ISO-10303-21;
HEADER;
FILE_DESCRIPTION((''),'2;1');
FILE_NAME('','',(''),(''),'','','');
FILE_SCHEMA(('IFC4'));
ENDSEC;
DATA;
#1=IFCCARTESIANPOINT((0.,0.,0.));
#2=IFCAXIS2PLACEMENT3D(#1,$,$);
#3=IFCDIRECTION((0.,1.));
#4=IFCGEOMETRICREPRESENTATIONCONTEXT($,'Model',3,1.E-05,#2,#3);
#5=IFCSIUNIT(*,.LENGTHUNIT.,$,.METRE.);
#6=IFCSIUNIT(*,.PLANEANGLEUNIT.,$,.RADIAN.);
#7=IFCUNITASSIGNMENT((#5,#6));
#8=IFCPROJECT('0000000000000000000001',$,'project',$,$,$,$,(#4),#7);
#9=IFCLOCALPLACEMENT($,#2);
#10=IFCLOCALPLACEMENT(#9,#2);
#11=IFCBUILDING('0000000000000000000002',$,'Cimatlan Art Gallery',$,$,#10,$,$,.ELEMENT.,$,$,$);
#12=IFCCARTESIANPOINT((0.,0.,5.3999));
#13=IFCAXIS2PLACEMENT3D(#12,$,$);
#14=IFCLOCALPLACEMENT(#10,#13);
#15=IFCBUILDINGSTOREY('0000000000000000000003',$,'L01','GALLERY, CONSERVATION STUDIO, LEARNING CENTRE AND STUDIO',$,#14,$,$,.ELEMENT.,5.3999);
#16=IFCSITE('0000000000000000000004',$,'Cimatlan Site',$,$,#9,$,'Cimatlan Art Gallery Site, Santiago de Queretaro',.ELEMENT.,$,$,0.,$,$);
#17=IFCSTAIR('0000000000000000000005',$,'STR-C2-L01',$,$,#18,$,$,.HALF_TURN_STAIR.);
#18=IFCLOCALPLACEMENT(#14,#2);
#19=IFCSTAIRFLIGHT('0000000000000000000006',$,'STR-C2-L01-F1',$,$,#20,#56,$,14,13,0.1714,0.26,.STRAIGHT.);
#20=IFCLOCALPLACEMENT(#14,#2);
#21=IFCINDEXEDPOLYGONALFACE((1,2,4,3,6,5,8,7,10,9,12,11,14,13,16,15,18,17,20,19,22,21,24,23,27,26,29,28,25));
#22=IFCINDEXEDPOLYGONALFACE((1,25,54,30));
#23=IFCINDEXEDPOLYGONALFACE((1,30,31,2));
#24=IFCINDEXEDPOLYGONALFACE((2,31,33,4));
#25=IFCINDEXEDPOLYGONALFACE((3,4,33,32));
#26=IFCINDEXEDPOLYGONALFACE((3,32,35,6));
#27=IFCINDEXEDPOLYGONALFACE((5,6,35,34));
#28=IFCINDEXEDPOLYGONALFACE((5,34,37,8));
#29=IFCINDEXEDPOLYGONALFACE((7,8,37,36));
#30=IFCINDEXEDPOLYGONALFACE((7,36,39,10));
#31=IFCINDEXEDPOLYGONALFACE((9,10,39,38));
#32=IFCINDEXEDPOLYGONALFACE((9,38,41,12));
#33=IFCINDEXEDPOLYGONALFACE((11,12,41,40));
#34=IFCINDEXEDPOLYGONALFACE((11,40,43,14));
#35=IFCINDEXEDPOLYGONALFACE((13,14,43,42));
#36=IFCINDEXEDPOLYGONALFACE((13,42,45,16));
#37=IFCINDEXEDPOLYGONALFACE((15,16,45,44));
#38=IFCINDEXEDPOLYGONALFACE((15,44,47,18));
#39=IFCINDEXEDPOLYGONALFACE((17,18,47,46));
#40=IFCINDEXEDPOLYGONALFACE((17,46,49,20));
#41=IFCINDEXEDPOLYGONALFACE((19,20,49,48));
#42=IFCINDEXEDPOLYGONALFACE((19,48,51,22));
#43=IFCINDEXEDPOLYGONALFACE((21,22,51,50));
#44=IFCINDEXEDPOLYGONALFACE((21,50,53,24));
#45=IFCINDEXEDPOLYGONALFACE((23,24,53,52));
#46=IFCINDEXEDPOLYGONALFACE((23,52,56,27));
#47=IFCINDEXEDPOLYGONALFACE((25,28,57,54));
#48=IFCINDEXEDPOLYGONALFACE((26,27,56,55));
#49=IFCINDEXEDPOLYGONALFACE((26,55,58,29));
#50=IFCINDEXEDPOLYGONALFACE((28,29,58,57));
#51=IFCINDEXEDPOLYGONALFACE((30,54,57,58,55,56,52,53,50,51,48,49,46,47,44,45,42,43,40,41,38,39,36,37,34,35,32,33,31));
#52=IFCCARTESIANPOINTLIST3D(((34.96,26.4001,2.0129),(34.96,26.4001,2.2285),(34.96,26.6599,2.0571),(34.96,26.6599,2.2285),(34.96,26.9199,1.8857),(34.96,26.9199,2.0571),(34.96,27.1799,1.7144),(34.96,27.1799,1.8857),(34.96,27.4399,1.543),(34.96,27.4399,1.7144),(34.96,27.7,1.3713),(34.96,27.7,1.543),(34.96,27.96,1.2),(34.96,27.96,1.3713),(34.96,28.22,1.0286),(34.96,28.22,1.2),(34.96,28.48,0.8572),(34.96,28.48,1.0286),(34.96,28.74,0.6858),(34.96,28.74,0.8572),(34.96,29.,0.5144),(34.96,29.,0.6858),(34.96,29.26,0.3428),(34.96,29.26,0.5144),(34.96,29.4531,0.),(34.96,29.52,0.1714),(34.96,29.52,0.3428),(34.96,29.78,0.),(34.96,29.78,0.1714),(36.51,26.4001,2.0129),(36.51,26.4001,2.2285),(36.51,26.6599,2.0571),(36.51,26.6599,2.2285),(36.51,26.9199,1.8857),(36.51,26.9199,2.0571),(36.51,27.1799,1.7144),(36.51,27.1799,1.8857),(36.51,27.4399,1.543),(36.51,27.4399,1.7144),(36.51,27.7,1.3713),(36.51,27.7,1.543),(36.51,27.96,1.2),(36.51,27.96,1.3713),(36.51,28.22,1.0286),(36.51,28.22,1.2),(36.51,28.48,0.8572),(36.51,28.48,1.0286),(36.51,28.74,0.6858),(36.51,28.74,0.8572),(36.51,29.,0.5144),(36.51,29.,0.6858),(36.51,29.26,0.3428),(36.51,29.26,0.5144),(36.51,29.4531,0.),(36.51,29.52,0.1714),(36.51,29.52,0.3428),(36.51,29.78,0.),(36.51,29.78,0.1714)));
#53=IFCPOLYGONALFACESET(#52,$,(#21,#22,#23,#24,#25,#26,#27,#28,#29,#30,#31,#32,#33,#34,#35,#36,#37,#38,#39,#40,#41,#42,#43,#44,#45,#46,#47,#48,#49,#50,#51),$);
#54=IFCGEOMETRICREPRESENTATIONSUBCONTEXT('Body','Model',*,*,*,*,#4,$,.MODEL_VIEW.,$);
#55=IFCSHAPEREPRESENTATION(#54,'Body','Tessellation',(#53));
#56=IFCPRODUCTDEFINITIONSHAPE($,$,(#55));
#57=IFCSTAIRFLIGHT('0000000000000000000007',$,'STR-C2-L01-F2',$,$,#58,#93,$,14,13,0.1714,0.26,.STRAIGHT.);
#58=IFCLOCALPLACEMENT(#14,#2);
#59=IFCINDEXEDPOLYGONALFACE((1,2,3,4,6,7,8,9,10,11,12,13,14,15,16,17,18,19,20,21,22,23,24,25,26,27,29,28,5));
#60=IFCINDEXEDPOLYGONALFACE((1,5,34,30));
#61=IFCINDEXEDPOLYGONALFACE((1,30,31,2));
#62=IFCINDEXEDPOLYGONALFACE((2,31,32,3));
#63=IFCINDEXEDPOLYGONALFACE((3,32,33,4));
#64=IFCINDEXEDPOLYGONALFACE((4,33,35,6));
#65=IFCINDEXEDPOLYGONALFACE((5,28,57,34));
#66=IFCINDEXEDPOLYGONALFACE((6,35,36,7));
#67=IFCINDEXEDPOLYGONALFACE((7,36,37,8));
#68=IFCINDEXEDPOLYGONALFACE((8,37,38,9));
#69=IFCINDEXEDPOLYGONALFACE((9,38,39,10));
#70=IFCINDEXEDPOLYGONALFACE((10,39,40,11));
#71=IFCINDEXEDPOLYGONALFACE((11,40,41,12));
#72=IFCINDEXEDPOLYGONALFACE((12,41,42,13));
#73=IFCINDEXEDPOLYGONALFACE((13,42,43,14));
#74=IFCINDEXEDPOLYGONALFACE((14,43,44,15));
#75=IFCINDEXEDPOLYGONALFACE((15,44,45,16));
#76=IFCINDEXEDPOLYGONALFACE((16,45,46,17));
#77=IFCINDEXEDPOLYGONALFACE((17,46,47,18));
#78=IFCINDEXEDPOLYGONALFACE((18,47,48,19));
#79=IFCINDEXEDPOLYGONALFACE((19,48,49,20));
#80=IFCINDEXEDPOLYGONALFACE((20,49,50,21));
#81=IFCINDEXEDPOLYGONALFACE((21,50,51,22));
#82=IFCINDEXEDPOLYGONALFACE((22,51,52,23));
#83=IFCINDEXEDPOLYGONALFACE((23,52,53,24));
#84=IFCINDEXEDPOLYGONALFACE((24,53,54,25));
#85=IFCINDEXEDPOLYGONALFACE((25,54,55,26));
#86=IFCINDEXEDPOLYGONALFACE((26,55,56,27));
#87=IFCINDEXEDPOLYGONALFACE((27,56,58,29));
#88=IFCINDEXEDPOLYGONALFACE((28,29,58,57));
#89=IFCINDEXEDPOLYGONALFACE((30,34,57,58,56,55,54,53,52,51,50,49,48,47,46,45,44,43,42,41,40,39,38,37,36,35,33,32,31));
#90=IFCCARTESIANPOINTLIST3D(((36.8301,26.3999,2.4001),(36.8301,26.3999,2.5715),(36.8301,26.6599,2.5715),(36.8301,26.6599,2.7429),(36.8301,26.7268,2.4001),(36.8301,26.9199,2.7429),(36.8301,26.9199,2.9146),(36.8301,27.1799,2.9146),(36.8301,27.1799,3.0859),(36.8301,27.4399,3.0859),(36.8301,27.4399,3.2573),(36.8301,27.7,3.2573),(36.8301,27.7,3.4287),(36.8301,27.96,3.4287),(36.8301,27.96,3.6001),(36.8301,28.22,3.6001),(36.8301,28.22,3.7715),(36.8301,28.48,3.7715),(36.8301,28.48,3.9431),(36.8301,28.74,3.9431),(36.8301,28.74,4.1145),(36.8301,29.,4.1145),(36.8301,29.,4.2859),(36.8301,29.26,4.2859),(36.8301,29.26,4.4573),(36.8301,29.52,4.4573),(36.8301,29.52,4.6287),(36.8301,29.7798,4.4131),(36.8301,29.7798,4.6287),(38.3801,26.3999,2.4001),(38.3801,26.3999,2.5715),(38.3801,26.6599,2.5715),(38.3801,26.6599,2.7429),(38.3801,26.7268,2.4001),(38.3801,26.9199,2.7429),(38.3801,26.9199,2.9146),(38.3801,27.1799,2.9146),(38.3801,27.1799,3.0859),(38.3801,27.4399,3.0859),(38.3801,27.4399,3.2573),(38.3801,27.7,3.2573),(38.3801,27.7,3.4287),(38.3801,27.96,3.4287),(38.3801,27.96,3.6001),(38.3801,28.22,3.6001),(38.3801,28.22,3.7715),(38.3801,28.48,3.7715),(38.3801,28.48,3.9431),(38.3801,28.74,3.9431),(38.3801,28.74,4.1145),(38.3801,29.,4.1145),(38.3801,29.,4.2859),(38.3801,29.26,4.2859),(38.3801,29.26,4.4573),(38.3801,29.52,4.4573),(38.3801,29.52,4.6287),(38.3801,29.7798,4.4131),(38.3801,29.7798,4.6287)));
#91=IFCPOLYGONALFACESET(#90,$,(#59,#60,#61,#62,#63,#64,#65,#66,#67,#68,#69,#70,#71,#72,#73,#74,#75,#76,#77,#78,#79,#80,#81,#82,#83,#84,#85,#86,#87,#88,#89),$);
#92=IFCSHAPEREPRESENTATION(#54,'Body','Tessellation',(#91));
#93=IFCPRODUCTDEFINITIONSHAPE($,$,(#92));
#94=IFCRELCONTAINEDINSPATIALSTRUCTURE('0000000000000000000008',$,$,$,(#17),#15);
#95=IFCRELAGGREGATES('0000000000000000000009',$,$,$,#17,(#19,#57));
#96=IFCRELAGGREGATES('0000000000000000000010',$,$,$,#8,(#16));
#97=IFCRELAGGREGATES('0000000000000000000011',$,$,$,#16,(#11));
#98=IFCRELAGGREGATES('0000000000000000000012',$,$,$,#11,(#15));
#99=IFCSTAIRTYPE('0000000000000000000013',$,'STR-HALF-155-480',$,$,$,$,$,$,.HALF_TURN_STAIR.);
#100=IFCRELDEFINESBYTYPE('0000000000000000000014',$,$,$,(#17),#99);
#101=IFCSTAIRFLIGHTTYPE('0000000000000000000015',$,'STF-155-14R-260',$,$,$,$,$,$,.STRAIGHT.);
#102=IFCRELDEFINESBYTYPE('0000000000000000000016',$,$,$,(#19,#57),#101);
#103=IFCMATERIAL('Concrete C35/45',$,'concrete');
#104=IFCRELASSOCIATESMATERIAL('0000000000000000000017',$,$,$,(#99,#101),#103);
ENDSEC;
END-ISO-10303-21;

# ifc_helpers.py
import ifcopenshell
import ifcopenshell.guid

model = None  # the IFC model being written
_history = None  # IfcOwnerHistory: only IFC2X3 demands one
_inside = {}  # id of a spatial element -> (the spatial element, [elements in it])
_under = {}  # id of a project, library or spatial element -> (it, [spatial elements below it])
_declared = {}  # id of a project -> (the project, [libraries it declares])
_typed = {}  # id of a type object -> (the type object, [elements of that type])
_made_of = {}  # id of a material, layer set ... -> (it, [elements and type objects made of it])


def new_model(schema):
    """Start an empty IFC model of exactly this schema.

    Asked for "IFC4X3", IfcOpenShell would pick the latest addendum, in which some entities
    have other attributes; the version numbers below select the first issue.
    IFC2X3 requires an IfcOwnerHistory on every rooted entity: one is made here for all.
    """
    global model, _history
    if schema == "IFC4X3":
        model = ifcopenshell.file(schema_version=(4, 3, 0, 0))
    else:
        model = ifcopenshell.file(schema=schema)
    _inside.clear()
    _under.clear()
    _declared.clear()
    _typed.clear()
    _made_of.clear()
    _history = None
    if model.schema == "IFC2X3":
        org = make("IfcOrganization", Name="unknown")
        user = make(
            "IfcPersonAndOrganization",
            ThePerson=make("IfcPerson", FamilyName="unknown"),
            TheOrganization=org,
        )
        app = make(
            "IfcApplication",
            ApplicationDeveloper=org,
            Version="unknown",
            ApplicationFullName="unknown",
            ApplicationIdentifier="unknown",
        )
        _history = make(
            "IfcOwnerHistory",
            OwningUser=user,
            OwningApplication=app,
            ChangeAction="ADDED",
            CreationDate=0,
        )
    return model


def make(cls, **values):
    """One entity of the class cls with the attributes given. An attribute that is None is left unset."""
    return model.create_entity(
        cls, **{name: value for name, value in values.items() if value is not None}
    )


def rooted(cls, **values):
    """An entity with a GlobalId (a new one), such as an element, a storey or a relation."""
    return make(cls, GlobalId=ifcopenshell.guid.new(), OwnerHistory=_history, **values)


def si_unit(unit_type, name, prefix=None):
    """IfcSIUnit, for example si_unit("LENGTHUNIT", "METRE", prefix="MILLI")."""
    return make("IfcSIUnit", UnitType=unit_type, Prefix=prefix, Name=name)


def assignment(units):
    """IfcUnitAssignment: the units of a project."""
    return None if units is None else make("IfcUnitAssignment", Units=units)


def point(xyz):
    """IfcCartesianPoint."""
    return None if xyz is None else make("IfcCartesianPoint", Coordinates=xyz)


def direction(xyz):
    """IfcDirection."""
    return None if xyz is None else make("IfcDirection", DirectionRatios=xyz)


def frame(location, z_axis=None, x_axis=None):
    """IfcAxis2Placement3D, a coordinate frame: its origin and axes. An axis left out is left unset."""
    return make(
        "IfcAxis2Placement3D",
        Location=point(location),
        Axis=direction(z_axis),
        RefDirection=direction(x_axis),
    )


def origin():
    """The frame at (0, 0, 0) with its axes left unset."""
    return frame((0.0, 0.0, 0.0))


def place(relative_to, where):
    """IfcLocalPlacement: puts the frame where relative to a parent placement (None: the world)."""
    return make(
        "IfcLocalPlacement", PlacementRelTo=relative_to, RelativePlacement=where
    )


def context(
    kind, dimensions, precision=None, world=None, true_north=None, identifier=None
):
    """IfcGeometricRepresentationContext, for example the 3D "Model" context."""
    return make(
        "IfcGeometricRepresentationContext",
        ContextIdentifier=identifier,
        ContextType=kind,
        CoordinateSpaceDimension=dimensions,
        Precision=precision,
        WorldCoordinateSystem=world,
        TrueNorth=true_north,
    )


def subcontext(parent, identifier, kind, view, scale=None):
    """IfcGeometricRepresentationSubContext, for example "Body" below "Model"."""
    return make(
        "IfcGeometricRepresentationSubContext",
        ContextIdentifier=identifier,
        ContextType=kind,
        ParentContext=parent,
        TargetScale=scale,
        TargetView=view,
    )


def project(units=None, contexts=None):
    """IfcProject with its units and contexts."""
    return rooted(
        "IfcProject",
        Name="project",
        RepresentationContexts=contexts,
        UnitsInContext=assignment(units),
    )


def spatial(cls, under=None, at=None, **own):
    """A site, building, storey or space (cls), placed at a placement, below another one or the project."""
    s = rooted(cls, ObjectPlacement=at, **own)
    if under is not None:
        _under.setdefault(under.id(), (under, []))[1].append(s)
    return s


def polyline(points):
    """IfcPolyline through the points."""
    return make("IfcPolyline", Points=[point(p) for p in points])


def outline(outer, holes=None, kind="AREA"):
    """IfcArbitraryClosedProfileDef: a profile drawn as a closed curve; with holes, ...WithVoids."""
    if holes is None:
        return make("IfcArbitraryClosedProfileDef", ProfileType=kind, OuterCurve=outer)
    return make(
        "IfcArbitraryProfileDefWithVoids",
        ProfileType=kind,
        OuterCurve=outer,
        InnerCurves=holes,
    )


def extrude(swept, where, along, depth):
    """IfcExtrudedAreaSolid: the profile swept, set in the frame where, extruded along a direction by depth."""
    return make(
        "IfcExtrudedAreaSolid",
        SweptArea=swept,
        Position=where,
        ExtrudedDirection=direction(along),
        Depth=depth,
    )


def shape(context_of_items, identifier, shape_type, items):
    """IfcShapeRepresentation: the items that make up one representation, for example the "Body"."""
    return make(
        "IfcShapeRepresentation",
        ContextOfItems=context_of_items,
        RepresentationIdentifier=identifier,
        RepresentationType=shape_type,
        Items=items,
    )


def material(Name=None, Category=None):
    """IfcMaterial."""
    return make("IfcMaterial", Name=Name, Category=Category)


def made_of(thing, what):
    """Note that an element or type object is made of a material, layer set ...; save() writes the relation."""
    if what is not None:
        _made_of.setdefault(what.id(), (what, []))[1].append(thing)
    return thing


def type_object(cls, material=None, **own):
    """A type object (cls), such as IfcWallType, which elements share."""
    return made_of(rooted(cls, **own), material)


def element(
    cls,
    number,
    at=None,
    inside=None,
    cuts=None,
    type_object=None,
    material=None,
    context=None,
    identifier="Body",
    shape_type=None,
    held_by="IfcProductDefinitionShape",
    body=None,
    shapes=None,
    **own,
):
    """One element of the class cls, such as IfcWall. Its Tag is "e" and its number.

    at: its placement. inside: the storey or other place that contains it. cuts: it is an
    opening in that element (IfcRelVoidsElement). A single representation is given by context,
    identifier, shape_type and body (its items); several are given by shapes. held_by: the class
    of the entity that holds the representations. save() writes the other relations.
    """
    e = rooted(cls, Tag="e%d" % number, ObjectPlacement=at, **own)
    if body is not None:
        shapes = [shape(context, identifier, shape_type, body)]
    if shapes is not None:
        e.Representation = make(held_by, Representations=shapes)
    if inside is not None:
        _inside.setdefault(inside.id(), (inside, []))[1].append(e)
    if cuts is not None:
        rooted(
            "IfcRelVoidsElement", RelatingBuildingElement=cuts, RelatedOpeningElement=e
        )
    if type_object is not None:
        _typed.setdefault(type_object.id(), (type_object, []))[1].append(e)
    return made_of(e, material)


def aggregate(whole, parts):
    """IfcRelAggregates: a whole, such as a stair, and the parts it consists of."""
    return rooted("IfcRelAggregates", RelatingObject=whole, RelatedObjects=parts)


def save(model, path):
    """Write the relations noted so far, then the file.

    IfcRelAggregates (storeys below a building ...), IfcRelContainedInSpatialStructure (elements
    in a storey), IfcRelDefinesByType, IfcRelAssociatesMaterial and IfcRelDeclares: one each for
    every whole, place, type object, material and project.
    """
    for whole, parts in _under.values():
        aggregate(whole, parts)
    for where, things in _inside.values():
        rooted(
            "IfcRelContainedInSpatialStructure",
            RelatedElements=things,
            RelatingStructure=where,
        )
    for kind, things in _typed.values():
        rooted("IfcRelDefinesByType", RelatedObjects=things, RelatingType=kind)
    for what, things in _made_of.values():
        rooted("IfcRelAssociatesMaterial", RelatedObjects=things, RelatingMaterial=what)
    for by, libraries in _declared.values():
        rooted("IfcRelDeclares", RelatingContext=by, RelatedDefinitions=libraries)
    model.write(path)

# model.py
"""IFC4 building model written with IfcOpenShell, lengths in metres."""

from ifc_helpers import new_model, si_unit, direction, frame, origin, place, context, subcontext, project, spatial, polyline, outline, extrude, material, type_object, element, aggregate, save


model = new_model("IFC4")

# Units and contexts
model_context = context("Model", 3, precision=1e-05, world=origin(), true_north=direction((0.0, 1.0)))
body_context = subcontext(model_context, "Body", "Model", "MODEL_VIEW")
ifc_project = project(units=[si_unit("LENGTHUNIT", "METRE"), si_unit("PLANEANGLEUNIT", "RADIAN")], contexts=[model_context])

# Site, building, storey
site_placement = place(None, origin())
site = spatial("IfcSite", under=ifc_project, at=site_placement, Name="Cimatlan Site", LongName="Cimatlan Art Gallery Site, Santiago de Queretaro", CompositionType="ELEMENT", RefElevation=0.0)
building_placement = place(site_placement, origin())
building = spatial("IfcBuilding", under=site, at=building_placement, Name="Cimatlan Art Gallery", CompositionType="ELEMENT")
storey_placement = place(building_placement, frame((0.0, 0.0, 5.3999)))
storey = spatial("IfcBuildingStorey", under=building, at=storey_placement, Name="L01", Description="GALLERY, CONSERVATION STUDIO, LEARNING CENTRE AND STUDIO", CompositionType="ELEMENT", Elevation=5.3999)

# Stair, stair flights
ifc_material_1 = material(Name="Concrete C35/45", Category="concrete")
stair_type = type_object("IfcStairType", Name="STR-HALF-155-480", PredefinedType="HALF_TURN_STAIR", material=ifc_material_1)
stair_placement = place(storey_placement, origin())
stair = element("IfcStair", 1, at=stair_placement, inside=storey, type_object=stair_type, Name="STR-C2-L01", PredefinedType="HALF_TURN_STAIR")
stair_flight_type = type_object("IfcStairFlightType", Name="STF-155-14R-260", PredefinedType="STRAIGHT", material=ifc_material_1)
stair_flight_1_placement = place(storey_placement, frame((35.7351, 29.78, 0.0), z_axis=(0.0, 0.0, 1.0), x_axis=(0.0, -1.0, 0.0)))
stair_flight_1 = element("IfcStairFlight", 2, at=stair_flight_1_placement, type_object=stair_flight_type, Name="STR-C2-L01-F1", NumberOfRisers=14, NumberOfTreads=13, PredefinedType="STRAIGHT", RiserHeight=0.1714, TreadLength=0.26, context=body_context, shape_type="SweptSolid", body=[
    extrude(outline(polyline([(0.0, 0.0), (0.0, 0.1714), (0.26, 0.1714), (0.26, 0.3428), (0.52, 0.3428), (0.52, 0.5144), (0.78, 0.5144), (0.78, 0.6858), (1.04, 0.6858), (1.04, 0.8572), (1.3, 0.8572), (1.3, 1.0286), (1.5601, 1.0286), (1.5601, 1.2), (1.8201, 1.2), (1.8201, 1.3713), (2.0801, 1.3713), (2.0801, 1.543), (2.3401, 1.543), (2.3401, 1.7144), (2.6001, 1.7144), (2.6001, 1.8857), (2.8601, 1.8857), (2.8601, 2.0571), (3.1201, 2.0571), (3.1201, 2.2285), (3.3799, 2.2285), (3.3799, 2.3999), (3.3799, 2.0129), (0.3269, 0.0), (0.0, 0.0)])), frame((0.0, 0.7749, 0.0), z_axis=(0.0, -1.0, 0.0), x_axis=(1.0, 0.0, 0.0)), (0.0, 0.0, 1.0), 1.55),
])
stair_flight_2_placement = place(storey_placement, frame((37.605, 26.3999, 2.4001), z_axis=(0.0, 0.0, 1.0), x_axis=(0.0, 1.0, 0.0)))
stair_flight_2 = element("IfcStairFlight", 3, at=stair_flight_2_placement, type_object=stair_flight_type, Name="STR-C2-L01-F2", NumberOfRisers=14, NumberOfTreads=13, PredefinedType="STRAIGHT", RiserHeight=0.1714, TreadLength=0.26, context=body_context, shape_type="SweptSolid", body=[
    extrude(outline(polyline([(0.0, 0.0), (0.0, 0.1714), (0.26, 0.1714), (0.26, 0.3428), (0.52, 0.3428), (0.52, 0.5144), (0.78, 0.5144), (0.78, 0.6858), (1.04, 0.6858), (1.04, 0.8572), (1.3, 0.8572), (1.3, 1.0286), (1.5601, 1.0286), (1.5601, 1.2), (1.8201, 1.2), (1.8201, 1.3713), (2.0801, 1.3713), (2.0801, 1.543), (2.3401, 1.543), (2.3401, 1.7144), (2.6001, 1.7144), (2.6001, 1.8857), (2.8601, 1.8857), (2.8601, 2.0571), (3.1201, 2.0571), (3.1201, 2.2285), (3.3799, 2.2285), (3.3799, 2.3999), (3.3799, 2.0129), (0.3269, 0.0), (0.0, 0.0)])), frame((0.0, 0.7749, 0.0), z_axis=(0.0, -1.0, 0.0), x_axis=(1.0, 0.0, 0.0)), (0.0, 0.0, 1.0), 1.55),
])
aggregate(stair, [stair_flight_1, stair_flight_2])

save(model, "model.ifc")
